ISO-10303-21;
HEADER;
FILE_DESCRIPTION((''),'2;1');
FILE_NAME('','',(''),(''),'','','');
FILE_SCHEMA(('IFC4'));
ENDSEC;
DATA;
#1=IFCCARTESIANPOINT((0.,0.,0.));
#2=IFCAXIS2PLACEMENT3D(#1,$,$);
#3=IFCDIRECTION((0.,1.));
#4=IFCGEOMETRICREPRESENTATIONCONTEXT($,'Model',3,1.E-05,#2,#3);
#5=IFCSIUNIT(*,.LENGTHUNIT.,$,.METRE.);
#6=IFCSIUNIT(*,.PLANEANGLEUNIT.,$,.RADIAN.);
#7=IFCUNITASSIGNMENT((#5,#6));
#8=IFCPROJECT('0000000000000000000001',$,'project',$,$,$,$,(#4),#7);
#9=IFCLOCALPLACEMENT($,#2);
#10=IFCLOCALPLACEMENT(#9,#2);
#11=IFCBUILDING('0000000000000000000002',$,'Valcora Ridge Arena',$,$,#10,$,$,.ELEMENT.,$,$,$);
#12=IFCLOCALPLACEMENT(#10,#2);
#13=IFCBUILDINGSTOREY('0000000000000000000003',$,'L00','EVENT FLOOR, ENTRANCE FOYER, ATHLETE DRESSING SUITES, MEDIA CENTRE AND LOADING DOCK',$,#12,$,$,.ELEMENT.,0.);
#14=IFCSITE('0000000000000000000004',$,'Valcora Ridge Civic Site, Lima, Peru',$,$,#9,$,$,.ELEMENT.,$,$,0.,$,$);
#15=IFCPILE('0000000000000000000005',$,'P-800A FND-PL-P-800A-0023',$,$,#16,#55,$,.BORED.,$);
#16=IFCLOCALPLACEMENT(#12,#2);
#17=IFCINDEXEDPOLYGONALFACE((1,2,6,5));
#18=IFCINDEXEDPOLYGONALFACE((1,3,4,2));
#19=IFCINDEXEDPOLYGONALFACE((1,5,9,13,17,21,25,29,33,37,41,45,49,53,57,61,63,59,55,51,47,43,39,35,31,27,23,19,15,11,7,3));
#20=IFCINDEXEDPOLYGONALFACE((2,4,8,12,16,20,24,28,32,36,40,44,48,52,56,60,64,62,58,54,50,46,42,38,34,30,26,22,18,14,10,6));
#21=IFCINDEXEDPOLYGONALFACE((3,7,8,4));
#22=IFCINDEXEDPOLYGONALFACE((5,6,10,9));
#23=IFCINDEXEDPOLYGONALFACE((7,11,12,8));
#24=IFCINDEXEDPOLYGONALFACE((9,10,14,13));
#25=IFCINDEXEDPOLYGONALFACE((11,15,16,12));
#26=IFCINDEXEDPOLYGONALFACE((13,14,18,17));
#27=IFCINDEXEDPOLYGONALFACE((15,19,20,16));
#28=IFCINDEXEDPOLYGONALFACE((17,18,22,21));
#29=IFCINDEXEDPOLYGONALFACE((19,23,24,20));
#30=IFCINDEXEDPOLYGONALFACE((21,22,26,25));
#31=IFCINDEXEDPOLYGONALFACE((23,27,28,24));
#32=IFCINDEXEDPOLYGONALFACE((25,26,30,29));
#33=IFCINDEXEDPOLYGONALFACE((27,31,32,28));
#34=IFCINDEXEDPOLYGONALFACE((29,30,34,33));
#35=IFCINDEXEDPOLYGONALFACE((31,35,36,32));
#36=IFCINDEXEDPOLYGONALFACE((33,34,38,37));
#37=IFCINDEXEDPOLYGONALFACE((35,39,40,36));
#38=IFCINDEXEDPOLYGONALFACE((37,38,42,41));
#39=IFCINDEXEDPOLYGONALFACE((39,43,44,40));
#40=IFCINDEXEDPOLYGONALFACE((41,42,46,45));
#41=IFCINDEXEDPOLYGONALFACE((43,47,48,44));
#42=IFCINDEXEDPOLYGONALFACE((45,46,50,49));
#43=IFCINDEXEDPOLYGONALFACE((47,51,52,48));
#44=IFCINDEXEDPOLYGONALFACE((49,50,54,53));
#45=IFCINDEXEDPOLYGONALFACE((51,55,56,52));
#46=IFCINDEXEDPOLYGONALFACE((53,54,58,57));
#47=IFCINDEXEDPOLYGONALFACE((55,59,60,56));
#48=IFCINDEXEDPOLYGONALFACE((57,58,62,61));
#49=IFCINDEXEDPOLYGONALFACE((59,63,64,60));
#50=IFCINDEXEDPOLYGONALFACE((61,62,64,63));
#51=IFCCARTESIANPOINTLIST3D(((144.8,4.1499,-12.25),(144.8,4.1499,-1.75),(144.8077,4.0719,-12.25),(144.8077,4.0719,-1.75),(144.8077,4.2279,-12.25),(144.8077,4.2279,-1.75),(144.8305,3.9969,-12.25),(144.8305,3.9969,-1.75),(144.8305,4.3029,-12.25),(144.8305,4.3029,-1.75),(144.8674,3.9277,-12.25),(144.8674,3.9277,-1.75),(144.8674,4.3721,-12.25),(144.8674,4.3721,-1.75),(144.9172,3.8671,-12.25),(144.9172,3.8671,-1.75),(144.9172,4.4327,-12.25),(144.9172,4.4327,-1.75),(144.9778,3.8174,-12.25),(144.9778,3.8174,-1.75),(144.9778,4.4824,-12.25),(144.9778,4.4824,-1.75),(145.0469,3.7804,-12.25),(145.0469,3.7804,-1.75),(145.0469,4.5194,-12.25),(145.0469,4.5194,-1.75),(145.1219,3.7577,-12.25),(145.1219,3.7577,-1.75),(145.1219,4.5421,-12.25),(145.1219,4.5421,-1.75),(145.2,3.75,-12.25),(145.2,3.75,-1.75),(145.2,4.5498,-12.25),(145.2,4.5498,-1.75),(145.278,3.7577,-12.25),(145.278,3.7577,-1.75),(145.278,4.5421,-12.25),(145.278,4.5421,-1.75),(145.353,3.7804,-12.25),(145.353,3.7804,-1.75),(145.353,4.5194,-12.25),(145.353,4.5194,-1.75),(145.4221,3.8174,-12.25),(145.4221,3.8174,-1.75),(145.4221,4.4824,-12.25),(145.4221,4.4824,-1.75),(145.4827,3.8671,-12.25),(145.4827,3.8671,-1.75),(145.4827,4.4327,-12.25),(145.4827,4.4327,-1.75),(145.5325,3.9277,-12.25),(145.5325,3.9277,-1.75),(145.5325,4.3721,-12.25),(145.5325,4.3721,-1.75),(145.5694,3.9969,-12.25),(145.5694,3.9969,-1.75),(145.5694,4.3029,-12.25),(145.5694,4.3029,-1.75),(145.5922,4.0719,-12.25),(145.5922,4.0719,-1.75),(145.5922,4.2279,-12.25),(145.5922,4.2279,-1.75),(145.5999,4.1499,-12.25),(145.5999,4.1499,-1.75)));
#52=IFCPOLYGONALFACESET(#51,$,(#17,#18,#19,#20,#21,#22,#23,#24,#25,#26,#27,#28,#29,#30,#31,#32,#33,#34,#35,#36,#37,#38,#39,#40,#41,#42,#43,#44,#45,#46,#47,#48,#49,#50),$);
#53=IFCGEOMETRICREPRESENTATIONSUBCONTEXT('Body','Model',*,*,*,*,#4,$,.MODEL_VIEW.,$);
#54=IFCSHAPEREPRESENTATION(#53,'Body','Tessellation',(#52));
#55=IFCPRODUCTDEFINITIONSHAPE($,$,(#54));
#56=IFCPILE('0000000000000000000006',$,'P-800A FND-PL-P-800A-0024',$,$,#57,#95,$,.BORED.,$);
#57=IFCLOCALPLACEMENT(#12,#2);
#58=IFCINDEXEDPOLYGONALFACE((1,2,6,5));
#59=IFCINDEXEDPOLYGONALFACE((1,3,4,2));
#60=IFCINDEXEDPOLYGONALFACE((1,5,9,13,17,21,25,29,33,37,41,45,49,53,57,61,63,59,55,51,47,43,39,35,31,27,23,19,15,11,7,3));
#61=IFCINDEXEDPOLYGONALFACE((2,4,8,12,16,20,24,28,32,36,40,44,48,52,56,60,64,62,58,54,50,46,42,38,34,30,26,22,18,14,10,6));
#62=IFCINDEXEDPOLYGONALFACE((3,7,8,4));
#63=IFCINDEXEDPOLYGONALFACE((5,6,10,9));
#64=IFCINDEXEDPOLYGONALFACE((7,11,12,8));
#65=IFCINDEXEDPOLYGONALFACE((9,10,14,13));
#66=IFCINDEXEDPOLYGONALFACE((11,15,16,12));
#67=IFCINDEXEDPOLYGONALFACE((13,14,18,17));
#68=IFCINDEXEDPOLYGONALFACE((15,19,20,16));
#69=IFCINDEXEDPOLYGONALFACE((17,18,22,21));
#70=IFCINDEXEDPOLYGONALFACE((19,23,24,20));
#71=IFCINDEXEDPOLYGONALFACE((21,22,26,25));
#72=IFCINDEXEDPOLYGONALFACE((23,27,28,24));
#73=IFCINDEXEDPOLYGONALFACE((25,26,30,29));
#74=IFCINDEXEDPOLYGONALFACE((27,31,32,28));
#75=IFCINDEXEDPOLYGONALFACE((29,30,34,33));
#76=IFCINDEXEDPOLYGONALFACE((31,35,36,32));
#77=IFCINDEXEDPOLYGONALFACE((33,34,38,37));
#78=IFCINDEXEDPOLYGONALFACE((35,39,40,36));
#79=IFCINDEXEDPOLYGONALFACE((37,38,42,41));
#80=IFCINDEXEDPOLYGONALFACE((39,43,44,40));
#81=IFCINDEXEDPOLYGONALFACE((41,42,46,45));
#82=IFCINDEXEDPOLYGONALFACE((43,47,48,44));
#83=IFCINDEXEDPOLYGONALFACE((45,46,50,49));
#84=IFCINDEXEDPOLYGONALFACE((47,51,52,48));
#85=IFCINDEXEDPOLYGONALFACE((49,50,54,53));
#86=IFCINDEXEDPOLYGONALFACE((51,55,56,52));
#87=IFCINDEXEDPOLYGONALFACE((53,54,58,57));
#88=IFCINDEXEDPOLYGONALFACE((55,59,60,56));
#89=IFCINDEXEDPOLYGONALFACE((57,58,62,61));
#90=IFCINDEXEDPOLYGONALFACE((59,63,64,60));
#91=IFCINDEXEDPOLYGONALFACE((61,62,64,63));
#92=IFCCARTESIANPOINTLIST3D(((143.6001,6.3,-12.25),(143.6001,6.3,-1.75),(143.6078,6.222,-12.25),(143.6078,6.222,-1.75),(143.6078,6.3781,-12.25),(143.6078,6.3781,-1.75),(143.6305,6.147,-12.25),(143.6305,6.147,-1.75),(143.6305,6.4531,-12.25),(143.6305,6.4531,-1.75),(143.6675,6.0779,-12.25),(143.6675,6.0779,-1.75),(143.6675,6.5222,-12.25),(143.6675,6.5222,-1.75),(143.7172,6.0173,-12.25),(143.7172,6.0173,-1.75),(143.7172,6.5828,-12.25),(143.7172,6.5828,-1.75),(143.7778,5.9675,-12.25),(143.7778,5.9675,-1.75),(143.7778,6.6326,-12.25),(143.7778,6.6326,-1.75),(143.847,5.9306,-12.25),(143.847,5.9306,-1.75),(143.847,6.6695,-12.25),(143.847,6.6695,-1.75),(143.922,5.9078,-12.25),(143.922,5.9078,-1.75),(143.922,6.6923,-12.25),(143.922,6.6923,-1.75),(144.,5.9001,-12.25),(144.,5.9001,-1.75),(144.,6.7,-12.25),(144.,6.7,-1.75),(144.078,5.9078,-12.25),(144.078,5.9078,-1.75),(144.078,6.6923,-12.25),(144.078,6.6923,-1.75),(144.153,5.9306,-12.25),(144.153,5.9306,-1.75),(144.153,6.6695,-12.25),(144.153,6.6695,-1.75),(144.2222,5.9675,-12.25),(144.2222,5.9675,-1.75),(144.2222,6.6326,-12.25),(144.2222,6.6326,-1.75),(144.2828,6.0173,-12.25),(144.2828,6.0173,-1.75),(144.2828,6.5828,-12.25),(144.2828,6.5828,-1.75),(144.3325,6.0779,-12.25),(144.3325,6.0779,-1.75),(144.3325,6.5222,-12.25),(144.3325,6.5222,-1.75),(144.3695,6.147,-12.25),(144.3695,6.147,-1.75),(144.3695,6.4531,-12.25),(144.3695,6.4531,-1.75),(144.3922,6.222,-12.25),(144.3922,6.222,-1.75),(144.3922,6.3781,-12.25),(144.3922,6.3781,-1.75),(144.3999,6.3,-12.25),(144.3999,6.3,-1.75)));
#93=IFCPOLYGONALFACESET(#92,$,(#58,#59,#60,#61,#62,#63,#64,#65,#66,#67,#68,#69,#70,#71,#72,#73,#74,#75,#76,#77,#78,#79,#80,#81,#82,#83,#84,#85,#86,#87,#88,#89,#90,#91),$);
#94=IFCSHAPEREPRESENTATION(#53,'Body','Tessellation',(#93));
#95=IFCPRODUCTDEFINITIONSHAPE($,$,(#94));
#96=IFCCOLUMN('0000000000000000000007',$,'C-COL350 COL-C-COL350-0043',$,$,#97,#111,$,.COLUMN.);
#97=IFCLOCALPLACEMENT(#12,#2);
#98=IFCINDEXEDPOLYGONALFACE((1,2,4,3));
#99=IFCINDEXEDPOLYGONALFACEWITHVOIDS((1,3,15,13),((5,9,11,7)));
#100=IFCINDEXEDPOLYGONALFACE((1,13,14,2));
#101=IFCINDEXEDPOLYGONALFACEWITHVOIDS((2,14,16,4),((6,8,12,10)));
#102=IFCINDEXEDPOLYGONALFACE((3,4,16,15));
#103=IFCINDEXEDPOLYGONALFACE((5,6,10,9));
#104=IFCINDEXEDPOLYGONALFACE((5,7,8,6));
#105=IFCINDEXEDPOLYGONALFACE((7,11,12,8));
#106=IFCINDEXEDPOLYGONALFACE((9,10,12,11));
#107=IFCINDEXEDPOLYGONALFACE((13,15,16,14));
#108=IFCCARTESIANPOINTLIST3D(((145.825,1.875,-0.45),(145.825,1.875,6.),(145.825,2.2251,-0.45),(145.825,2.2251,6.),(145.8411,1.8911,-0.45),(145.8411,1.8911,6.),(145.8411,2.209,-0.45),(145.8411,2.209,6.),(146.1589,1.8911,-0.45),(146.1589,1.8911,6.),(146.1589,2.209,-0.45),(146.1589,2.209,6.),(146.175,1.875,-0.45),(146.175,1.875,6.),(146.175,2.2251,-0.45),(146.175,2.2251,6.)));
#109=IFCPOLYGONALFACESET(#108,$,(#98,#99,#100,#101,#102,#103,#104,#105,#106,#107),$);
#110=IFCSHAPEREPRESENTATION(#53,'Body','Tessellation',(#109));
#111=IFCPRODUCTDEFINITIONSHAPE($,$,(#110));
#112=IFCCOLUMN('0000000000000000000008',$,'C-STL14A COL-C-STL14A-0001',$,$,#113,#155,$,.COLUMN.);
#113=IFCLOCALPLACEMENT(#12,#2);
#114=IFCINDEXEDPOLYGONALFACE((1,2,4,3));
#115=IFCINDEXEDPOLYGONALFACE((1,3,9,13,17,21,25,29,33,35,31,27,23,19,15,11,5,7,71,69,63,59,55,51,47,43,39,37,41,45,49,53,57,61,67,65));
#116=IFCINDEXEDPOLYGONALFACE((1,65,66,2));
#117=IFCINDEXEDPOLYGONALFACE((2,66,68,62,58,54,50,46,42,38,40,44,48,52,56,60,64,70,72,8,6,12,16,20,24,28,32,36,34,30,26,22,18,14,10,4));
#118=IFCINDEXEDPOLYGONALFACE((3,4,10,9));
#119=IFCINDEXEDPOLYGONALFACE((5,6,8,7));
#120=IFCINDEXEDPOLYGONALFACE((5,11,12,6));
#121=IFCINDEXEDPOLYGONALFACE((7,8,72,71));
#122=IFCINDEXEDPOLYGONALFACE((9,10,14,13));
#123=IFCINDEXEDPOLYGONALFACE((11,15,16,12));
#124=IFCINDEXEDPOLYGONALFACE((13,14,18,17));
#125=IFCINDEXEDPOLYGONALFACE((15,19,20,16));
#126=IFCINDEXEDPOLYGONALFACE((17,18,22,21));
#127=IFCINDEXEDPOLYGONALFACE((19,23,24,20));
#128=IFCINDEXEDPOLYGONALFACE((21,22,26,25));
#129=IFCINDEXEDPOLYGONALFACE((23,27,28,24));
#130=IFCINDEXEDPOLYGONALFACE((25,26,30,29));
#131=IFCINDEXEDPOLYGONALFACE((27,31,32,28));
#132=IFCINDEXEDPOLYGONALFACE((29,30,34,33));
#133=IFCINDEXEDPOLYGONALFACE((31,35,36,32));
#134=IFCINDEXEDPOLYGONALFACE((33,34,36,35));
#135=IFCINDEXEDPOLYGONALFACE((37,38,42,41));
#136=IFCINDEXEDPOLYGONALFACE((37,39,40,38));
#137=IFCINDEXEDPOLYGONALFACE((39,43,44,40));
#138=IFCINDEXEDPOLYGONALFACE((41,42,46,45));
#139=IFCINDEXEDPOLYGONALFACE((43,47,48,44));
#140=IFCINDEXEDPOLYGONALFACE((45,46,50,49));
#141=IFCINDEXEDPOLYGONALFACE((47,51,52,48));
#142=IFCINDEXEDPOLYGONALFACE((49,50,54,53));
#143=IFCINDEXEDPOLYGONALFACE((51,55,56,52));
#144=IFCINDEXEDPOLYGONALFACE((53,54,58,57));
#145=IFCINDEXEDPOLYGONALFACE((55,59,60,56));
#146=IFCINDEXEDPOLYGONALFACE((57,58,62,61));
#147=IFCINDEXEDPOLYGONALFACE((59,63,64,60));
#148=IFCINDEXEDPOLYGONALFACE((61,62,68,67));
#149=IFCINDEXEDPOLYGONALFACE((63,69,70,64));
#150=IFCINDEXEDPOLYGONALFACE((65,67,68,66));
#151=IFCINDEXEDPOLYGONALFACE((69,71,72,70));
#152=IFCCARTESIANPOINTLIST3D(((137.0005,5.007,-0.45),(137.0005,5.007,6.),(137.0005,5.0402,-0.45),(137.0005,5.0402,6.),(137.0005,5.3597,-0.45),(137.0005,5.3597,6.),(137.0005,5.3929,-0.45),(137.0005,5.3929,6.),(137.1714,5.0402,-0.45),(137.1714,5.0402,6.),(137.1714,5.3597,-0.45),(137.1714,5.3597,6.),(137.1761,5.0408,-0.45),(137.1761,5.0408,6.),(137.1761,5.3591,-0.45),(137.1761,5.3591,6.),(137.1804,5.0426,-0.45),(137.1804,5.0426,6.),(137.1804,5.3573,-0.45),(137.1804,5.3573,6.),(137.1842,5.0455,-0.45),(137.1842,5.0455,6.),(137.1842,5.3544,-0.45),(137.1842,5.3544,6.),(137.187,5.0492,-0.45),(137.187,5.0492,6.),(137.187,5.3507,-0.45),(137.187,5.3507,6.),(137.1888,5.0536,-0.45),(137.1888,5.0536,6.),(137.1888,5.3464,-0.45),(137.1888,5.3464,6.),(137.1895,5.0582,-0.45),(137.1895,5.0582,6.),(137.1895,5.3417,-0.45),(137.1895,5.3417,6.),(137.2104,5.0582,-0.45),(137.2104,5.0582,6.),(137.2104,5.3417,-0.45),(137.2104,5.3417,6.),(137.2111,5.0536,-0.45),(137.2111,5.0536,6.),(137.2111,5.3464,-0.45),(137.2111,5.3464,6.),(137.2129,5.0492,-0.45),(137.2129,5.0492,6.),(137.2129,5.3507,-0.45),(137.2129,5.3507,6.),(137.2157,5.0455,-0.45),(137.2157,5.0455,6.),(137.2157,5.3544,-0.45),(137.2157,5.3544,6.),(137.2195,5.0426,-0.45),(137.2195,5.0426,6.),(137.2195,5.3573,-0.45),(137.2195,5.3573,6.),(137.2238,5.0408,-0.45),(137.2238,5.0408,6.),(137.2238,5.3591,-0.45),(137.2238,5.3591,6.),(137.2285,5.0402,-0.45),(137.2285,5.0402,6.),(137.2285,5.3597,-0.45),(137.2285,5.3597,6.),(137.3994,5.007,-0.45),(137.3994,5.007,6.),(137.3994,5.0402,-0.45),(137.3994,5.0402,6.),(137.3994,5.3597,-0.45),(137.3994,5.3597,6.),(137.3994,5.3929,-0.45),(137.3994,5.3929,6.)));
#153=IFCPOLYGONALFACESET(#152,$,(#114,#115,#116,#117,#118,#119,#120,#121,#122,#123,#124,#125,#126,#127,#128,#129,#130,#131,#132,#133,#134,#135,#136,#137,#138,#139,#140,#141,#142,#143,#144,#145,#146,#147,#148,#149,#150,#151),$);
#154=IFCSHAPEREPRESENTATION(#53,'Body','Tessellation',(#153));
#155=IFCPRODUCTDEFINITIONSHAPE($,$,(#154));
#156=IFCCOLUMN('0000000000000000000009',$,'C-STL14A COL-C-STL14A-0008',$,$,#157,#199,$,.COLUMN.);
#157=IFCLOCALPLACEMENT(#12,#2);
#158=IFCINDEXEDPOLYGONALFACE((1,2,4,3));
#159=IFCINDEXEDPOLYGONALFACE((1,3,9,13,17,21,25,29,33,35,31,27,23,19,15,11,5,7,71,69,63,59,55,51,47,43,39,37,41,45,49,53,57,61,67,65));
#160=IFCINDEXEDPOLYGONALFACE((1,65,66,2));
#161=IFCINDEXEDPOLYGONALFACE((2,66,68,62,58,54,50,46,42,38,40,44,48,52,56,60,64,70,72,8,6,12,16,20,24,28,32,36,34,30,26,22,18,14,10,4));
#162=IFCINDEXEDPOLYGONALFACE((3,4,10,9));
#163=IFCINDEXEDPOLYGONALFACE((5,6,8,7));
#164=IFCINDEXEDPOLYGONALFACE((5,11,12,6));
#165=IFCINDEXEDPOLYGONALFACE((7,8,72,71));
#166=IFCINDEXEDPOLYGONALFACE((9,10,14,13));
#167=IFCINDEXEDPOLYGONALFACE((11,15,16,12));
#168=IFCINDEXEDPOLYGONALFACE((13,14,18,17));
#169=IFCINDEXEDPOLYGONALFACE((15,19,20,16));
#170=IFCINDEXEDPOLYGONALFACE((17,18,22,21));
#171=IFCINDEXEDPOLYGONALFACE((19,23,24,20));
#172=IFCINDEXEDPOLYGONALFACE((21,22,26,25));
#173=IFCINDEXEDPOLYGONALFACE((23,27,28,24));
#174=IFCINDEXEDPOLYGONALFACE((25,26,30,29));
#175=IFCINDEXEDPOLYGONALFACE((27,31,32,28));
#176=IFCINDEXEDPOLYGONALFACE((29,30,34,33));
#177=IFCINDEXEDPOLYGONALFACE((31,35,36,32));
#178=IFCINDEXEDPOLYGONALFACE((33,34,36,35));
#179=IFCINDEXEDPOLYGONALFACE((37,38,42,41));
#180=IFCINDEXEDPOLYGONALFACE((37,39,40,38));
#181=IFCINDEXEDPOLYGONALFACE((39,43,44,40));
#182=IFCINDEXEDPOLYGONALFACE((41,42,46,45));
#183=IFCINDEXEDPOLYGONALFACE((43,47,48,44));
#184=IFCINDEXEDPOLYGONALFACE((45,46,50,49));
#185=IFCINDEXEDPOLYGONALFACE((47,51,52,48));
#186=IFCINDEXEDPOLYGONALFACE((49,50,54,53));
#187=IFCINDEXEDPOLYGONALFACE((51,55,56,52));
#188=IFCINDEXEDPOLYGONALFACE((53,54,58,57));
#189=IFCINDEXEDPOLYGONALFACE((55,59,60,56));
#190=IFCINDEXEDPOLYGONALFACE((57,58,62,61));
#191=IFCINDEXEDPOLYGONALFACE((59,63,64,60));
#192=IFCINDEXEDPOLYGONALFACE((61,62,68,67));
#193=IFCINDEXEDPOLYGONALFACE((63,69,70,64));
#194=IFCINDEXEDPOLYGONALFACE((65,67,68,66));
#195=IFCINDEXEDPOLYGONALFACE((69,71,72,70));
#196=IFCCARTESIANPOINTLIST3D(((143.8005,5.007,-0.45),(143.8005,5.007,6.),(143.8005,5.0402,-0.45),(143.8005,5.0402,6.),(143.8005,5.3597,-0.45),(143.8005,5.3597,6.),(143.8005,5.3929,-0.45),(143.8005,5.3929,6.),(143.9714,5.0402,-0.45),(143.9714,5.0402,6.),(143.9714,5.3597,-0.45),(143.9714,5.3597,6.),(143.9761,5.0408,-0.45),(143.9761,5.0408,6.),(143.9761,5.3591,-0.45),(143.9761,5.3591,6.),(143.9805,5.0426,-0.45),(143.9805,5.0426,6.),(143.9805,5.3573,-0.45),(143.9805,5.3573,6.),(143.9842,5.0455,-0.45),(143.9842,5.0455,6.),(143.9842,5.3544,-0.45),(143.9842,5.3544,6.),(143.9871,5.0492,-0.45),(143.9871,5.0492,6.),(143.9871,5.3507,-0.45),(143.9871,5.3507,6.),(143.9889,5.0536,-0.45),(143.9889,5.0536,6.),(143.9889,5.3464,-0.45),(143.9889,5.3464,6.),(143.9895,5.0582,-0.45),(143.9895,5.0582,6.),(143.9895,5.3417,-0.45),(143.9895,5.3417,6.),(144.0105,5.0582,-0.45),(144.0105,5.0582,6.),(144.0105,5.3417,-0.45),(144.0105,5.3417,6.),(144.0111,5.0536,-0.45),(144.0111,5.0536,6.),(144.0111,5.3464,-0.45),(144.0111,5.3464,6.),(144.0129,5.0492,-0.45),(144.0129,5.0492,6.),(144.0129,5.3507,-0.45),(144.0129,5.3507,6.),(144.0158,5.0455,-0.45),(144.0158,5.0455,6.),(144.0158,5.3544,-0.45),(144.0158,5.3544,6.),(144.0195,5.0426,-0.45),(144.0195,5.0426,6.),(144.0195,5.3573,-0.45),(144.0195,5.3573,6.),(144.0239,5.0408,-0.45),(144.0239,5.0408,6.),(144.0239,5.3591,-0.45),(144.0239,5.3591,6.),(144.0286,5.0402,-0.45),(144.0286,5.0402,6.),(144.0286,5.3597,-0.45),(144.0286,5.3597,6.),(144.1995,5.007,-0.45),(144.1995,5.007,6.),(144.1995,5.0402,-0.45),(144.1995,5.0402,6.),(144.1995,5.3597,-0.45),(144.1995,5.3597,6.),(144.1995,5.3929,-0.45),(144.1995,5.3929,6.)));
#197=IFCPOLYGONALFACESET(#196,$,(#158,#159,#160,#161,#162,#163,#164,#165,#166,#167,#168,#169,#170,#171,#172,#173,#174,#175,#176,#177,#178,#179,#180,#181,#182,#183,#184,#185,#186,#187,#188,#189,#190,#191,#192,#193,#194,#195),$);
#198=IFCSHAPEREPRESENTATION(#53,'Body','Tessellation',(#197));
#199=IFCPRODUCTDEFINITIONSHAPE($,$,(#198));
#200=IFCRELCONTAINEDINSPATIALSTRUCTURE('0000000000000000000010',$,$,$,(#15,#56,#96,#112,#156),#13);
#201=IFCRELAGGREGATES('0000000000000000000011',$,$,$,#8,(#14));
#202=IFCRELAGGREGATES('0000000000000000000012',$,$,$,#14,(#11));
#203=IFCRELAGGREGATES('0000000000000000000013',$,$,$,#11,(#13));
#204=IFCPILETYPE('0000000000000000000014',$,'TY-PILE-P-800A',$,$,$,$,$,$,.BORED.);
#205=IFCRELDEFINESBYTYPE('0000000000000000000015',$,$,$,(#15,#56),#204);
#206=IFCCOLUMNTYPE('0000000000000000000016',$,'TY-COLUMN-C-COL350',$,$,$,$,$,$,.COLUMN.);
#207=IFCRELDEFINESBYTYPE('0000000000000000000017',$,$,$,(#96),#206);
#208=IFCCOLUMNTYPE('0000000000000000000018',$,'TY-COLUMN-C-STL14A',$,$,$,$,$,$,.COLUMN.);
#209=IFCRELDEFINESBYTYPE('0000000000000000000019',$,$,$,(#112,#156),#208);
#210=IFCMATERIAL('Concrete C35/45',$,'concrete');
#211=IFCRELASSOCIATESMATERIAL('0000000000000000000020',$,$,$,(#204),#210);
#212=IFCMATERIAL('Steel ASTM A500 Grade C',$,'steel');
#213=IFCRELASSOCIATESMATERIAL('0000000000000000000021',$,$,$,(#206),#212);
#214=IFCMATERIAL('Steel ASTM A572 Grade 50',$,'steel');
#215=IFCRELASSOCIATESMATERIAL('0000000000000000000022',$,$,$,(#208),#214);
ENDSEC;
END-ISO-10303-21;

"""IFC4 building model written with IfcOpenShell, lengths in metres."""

from ifc_helpers import new_model, si_unit, direction, frame, origin, origin_2d, place, context, subcontext, project, spatial, hollow_rectangle, circle, i_section, extrude, material, material_profile, profile_set, type_object, element, save


model = new_model("IFC4")

# Units and contexts
model_context = context("Model", 3, precision=1e-05, world=origin(), true_north=direction((0.0, 1.0)))
body_context = subcontext(model_context, "Body", "Model", "MODEL_VIEW")
ifc_project = project(units=[si_unit("LENGTHUNIT", "METRE"), si_unit("PLANEANGLEUNIT", "RADIAN")], contexts=[model_context])

# Site, building, storey
site_placement = place(None, origin())
site = spatial("IfcSite", under=ifc_project, at=site_placement, Name="Valcora Ridge Civic Site, Lima, Peru", CompositionType="ELEMENT", RefElevation=0.0)
building_placement = place(site_placement, origin())
building = spatial("IfcBuilding", under=site, at=building_placement, Name="Valcora Ridge Arena", CompositionType="ELEMENT")
storey_placement = place(building_placement, origin())
storey = spatial("IfcBuildingStorey", under=building, at=storey_placement, Name="L00", Description="EVENT FLOOR, ENTRANCE FOYER, ATHLETE DRESSING SUITES, MEDIA CENTRE AND LOADING DOCK", CompositionType="ELEMENT", Elevation=0.0)

# Piles
ifc_material_1 = material(Name="Concrete C35/45", Category="concrete")
ifc_material_profile_1 = material_profile(ifc_material_1, circle(Radius=0.3999, at=origin_2d()), Name="BORED PILE D800")
ifc_profile_set_1 = profile_set([ifc_material_profile_1], Name="Concrete C35/45")
pile_type = type_object("IfcPileType", Name="TY-PILE-P-800A", PredefinedType="BORED", material=ifc_profile_set_1)
for number, where, z_axis, x_axis, name in (
    (1, (145.2, 4.1499, -1.75), (0.0, 0.0, -1.0), (1.0, 0.0, 0.0), "P-800A FND-PL-P-800A-0023"),
    (2, (144.0, 6.3, -1.75), (0.0, 0.0, -1.0), (1.0, 0.0, 0.0), "P-800A FND-PL-P-800A-0024"),
):
    element("IfcPile", number, at=place(storey_placement, frame(where, z_axis=z_axis, x_axis=x_axis)), inside=storey, type_object=pile_type, Name=name, PredefinedType="BORED", context=body_context, shape_type="SweptSolid", body=[
        extrude(circle(Radius=0.3999, at=origin_2d()), origin(), (0.0, 0.0, 1.0), 10.5),
    ])

# Columns
ifc_material_2 = material(Name="Steel ASTM A500 Grade C", Category="steel")
ifc_material_profile_2 = material_profile(ifc_material_2, hollow_rectangle(XDim=0.3501, YDim=0.3501, WallThickness=0.0161, at=origin_2d()), Name="HSS350X350X16")
ifc_profile_set_2 = profile_set([ifc_material_profile_2], Name="Steel ASTM A500 Grade C")
column_type_1 = type_object("IfcColumnType", Name="TY-COLUMN-C-COL350", PredefinedType="COLUMN", material=ifc_profile_set_2)
column_placement = place(storey_placement, frame((146.0, 2.05, -0.45), z_axis=(0.0, 0.0, 1.0), x_axis=(1.0, 0.0, 0.0)))
element("IfcColumn", 3, at=column_placement, inside=storey, type_object=column_type_1, Name="C-COL350 COL-C-COL350-0043", PredefinedType="COLUMN", context=body_context, shape_type="SweptSolid", body=[
    extrude(hollow_rectangle(XDim=0.3501, YDim=0.3501, WallThickness=0.0161, at=origin_2d()), origin(), (0.0, 0.0, 1.0), 6.45),
])
ifc_material_3 = material(Name="Steel ASTM A572 Grade 50", Category="steel")
ifc_material_profile_3 = material_profile(ifc_material_3, i_section(OverallWidth=0.3989, OverallDepth=0.386, WebThickness=0.021, FlangeThickness=0.0332, FilletRadius=0.0181, at=origin_2d()), Name="W14X176")
ifc_profile_set_3 = profile_set([ifc_material_profile_3], Name="Steel ASTM A572 Grade 50")
column_type_2 = type_object("IfcColumnType", Name="TY-COLUMN-C-STL14A", PredefinedType="COLUMN", material=ifc_profile_set_3)
for number, where, z_axis, x_axis, name in (
    (4, (137.2, 5.2, -0.45), (0.0, 0.0, 1.0), (1.0, 0.0, 0.0), "C-STL14A COL-C-STL14A-0001"),
    (5, (144.0, 5.2, -0.45), (0.0, 0.0, 1.0), (1.0, 0.0, 0.0), "C-STL14A COL-C-STL14A-0008"),
):
    element("IfcColumn", number, at=place(storey_placement, frame(where, z_axis=z_axis, x_axis=x_axis)), inside=storey, type_object=column_type_2, Name=name, PredefinedType="COLUMN", context=body_context, shape_type="SweptSolid", body=[
        extrude(i_section(OverallWidth=0.3989, OverallDepth=0.386, WebThickness=0.021, FlangeThickness=0.0332, FilletRadius=0.0181, at=origin_2d()), origin(), (0.0, 0.0, 1.0), 6.45),
    ])

save(model, "model.ifc")
